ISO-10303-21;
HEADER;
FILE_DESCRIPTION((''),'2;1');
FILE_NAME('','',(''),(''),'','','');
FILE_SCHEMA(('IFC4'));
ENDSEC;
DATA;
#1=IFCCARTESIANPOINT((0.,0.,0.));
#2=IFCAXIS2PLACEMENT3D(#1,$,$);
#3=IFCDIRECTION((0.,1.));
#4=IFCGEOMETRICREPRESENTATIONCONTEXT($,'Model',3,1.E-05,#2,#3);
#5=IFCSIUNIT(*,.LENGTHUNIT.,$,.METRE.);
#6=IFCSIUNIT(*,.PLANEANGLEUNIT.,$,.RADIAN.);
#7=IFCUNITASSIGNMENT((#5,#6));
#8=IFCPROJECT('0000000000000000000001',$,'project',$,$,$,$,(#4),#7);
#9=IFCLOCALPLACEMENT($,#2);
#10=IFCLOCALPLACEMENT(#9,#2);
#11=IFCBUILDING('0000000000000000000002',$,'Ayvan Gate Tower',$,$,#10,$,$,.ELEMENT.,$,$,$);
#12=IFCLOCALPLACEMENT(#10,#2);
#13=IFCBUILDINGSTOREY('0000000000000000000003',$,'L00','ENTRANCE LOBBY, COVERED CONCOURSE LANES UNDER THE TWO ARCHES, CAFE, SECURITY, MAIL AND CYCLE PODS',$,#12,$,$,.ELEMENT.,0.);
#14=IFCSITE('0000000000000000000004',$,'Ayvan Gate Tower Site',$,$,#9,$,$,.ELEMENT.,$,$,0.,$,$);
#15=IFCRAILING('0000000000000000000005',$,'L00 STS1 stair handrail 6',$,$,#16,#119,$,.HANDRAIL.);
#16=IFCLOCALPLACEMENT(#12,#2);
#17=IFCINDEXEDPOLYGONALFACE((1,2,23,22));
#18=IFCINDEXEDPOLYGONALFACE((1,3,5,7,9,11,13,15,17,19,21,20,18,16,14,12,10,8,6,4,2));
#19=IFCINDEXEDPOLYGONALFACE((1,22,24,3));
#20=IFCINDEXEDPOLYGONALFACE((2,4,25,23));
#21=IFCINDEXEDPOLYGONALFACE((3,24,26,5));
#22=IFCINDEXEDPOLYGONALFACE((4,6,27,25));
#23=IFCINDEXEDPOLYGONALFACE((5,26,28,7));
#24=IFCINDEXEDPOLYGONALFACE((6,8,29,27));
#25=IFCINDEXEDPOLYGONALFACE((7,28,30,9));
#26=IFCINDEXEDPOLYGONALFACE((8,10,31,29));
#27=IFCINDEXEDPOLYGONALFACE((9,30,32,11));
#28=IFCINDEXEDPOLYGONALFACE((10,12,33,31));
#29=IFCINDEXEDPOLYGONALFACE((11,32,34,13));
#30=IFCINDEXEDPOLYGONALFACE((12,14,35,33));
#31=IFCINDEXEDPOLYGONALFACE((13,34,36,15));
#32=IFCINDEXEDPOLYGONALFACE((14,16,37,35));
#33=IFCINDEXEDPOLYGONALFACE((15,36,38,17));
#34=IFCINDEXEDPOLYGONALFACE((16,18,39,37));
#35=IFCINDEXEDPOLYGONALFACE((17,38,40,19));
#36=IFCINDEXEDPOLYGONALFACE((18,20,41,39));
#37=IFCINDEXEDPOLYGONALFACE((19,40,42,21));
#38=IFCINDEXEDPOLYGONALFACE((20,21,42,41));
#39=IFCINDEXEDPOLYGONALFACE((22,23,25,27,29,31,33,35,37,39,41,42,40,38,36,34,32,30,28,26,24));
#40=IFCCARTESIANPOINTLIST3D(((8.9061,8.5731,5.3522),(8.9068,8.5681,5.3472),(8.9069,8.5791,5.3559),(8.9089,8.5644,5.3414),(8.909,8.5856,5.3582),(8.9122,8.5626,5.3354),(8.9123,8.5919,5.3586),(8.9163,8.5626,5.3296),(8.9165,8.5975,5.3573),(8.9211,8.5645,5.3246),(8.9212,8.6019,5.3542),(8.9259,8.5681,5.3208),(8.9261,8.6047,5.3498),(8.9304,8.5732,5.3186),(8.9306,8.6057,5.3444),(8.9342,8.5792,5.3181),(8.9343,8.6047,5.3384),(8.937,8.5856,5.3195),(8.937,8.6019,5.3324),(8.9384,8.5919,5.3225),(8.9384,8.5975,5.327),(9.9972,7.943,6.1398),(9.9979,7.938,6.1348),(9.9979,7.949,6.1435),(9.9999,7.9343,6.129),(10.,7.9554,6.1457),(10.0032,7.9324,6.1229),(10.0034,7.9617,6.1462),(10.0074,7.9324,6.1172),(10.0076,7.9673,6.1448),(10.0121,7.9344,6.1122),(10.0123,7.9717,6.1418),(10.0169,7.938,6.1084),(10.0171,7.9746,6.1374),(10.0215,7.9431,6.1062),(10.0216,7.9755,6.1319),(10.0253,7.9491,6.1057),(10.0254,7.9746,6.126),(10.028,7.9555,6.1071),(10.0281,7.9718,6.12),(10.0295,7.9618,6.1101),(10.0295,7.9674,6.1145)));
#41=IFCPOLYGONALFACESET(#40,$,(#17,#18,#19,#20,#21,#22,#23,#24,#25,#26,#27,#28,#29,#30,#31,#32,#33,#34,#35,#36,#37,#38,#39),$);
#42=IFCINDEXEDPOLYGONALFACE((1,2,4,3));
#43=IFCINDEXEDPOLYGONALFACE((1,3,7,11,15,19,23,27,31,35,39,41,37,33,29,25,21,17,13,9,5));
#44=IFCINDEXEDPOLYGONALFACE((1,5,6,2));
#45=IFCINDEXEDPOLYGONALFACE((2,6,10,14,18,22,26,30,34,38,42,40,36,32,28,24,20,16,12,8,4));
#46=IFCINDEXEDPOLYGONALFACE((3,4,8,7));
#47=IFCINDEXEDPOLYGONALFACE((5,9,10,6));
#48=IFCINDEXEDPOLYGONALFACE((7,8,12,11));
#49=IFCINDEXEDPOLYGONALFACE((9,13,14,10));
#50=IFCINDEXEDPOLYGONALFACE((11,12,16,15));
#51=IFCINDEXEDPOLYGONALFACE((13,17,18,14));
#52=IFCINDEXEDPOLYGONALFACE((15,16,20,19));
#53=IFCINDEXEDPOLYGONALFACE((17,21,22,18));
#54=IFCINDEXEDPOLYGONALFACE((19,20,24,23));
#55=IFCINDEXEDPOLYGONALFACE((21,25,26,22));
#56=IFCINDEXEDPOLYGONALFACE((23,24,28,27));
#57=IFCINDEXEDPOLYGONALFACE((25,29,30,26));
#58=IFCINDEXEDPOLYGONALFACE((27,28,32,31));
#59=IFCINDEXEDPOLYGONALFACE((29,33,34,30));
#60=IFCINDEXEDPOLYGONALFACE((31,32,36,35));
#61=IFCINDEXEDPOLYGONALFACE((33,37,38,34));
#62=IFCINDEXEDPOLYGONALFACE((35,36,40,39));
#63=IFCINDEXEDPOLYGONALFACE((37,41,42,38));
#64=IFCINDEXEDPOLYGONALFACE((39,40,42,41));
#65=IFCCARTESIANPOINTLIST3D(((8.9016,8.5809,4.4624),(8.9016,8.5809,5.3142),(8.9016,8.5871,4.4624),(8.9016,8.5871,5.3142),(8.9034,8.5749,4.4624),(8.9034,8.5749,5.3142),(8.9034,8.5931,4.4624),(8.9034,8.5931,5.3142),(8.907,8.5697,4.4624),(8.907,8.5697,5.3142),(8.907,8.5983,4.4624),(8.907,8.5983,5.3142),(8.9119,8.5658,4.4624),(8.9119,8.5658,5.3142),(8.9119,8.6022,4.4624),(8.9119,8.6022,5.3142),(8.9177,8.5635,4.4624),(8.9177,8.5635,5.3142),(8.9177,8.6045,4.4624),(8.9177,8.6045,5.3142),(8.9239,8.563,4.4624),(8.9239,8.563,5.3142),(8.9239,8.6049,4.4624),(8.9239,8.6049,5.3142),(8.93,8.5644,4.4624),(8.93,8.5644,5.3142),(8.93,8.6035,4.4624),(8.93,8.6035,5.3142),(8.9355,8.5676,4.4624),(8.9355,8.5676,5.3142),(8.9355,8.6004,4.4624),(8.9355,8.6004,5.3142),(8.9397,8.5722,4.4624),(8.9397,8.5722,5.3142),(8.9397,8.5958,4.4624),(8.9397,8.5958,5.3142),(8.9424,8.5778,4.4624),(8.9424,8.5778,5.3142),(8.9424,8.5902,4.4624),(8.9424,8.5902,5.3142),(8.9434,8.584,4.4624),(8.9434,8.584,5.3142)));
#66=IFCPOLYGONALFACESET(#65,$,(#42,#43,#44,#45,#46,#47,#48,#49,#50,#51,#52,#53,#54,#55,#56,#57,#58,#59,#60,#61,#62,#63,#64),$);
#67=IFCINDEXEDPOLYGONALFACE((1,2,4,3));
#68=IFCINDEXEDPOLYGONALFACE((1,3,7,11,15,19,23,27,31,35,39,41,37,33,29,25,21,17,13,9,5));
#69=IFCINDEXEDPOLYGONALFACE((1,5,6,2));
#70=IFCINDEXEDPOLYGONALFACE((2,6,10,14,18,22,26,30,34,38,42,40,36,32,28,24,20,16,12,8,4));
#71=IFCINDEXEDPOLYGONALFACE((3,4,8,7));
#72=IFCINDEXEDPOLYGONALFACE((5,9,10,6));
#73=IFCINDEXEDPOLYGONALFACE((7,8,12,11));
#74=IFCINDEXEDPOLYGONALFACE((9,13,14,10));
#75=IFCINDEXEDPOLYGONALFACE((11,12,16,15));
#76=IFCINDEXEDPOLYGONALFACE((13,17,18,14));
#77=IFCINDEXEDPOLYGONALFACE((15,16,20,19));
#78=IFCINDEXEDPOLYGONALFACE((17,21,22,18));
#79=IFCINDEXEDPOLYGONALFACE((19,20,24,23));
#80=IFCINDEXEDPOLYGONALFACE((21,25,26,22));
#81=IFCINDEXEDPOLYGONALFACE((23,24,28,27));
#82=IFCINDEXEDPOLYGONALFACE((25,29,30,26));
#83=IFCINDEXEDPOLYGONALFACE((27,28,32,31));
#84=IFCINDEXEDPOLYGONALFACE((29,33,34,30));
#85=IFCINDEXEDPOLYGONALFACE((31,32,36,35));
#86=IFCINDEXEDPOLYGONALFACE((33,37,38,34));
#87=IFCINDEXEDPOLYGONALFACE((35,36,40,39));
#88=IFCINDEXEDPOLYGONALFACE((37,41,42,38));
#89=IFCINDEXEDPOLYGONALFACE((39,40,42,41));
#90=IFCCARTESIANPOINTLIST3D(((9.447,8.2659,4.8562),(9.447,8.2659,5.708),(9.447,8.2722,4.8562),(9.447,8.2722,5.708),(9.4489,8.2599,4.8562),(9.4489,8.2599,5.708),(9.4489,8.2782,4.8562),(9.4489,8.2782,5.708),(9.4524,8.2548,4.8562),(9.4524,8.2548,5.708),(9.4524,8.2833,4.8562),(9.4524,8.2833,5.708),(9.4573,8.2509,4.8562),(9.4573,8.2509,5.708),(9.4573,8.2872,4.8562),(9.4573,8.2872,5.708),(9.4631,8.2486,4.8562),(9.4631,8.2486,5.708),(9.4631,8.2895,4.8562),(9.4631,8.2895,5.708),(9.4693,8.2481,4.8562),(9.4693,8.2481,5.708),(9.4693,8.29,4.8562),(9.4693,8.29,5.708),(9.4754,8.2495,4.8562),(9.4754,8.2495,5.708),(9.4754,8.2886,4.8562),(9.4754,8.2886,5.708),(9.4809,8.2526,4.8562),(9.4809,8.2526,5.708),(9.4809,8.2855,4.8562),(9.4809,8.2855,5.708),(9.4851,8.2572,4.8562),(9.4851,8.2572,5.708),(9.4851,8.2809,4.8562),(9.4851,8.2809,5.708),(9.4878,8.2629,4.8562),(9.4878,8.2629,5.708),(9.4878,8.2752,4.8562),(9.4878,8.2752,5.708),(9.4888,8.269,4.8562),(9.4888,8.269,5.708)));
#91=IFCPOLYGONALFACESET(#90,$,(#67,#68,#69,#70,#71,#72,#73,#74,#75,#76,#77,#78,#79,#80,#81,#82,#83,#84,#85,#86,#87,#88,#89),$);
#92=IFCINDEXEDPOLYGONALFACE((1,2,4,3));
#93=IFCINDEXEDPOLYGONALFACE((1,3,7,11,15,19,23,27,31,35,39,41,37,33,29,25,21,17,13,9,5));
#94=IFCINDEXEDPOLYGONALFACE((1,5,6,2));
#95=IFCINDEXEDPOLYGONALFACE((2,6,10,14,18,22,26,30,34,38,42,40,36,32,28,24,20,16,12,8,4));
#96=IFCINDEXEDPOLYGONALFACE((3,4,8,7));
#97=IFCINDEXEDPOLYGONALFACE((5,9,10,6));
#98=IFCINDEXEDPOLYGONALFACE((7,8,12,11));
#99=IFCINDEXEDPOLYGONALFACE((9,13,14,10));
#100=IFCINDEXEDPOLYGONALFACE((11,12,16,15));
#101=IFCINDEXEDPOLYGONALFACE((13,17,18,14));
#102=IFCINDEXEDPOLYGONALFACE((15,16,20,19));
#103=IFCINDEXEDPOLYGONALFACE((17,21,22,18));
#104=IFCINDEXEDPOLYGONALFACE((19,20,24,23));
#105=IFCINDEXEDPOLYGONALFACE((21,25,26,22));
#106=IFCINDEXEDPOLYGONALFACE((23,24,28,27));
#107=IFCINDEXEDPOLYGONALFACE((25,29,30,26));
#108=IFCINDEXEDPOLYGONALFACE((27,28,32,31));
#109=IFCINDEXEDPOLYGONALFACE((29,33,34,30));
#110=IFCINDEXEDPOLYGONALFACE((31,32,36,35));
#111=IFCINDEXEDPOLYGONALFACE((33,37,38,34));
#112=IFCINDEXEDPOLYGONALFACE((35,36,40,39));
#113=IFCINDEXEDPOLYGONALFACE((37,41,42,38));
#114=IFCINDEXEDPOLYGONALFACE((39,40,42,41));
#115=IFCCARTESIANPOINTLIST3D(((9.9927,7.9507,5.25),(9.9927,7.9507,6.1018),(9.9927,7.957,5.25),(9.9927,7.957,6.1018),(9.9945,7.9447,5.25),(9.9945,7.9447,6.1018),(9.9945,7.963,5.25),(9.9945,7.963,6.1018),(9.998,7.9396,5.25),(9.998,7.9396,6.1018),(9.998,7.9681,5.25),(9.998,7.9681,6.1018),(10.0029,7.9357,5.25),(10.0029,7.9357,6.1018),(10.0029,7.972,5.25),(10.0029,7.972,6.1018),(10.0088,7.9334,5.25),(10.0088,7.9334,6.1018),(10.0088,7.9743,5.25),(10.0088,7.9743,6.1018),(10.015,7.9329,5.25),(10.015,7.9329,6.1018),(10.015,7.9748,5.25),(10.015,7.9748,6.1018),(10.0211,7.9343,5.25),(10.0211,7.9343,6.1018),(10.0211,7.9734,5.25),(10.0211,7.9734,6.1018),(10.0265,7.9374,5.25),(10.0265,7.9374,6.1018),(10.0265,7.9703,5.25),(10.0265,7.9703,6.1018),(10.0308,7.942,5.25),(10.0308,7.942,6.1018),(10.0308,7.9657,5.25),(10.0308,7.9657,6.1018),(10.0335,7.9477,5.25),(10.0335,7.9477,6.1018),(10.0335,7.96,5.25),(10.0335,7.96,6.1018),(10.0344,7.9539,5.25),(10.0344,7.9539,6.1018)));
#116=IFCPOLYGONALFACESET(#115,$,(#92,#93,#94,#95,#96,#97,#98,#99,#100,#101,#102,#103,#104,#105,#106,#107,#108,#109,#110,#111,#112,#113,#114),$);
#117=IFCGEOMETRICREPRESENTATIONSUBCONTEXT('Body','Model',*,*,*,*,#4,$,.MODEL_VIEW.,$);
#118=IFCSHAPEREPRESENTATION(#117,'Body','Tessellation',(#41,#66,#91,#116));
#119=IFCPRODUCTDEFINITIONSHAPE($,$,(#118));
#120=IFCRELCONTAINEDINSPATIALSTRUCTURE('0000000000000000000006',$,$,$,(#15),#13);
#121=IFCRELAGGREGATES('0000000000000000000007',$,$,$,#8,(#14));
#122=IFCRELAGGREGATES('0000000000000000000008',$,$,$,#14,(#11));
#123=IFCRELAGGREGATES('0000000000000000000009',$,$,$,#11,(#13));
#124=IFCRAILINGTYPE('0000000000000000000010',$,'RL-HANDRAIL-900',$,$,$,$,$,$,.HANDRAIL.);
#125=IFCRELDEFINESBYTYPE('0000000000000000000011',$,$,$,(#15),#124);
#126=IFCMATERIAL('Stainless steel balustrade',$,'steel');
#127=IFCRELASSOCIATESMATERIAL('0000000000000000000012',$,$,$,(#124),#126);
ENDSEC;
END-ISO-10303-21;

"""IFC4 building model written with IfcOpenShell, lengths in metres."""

from ifc_helpers import new_model, si_unit, direction, frame, origin, origin_2d, place, context, subcontext, project, spatial, circle, extrude, material, type_object, element, save


model = new_model("IFC4")

# Units and contexts
model_context = context("Model", 3, precision=1e-05, world=origin(), true_north=direction((0.0, 1.0)))
body_context = subcontext(model_context, "Body", "Model", "MODEL_VIEW")
ifc_project = project(units=[si_unit("LENGTHUNIT", "METRE"), si_unit("PLANEANGLEUNIT", "RADIAN")], contexts=[model_context])

# Site, building, storey
site_placement = place(None, origin())
site = spatial("IfcSite", under=ifc_project, at=site_placement, Name="Ayvan Gate Tower Site", CompositionType="ELEMENT", RefElevation=0.0)
building_placement = place(site_placement, origin())
building = spatial("IfcBuilding", under=site, at=building_placement, Name="Ayvan Gate Tower", CompositionType="ELEMENT")
storey_placement = place(building_placement, origin())
storey = spatial("IfcBuildingStorey", under=building, at=storey_placement, Name="L00", Description="ENTRANCE LOBBY, COVERED CONCOURSE LANES UNDER THE TWO ARCHES, CAFE, SECURITY, MAIL AND CYCLE PODS", CompositionType="ELEMENT", Elevation=0.0)

# Railing
ifc_material_1 = material(Name="Stainless steel balustrade", Category="steel")
railing_type_1 = type_object("IfcRailingType", Name="RL-HANDRAIL-900", PredefinedType="HANDRAIL", material=ifc_material_1)
railing_1_placement = place(storey_placement, frame((8.9224, 8.584, 4.4624)))
element("IfcRailing", 1, at=railing_1_placement, inside=storey, type_object=railing_type_1, Name="L00 STS1 stair handrail 6", PredefinedType="HANDRAIL", context=body_context, shape_type="SweptSolid", body=[
    extrude(circle(Radius=0.0239, at=origin_2d()), frame((0.0, 0.0, 0.876), z_axis=(0.734296, -0.424081, 0.53006), x_axis=(0.500119, 0.865956, 0.0)), (0.0, 0.0, 1.0), 1.4858),
    extrude(circle(Radius=0.021, at=origin_2d()), origin(), (0.0, 0.0, 1.0), 0.8518),
    extrude(circle(Radius=0.021, at=origin_2d()), frame((0.5454, -0.3149, 0.3938)), (0.0, 0.0, 1.0), 0.8518),
    extrude(circle(Radius=0.021, at=origin_2d()), frame((1.0911, -0.6301, 0.7876)), (0.0, 0.0, 1.0), 0.8518),
])

save(model, "model.ifc")
